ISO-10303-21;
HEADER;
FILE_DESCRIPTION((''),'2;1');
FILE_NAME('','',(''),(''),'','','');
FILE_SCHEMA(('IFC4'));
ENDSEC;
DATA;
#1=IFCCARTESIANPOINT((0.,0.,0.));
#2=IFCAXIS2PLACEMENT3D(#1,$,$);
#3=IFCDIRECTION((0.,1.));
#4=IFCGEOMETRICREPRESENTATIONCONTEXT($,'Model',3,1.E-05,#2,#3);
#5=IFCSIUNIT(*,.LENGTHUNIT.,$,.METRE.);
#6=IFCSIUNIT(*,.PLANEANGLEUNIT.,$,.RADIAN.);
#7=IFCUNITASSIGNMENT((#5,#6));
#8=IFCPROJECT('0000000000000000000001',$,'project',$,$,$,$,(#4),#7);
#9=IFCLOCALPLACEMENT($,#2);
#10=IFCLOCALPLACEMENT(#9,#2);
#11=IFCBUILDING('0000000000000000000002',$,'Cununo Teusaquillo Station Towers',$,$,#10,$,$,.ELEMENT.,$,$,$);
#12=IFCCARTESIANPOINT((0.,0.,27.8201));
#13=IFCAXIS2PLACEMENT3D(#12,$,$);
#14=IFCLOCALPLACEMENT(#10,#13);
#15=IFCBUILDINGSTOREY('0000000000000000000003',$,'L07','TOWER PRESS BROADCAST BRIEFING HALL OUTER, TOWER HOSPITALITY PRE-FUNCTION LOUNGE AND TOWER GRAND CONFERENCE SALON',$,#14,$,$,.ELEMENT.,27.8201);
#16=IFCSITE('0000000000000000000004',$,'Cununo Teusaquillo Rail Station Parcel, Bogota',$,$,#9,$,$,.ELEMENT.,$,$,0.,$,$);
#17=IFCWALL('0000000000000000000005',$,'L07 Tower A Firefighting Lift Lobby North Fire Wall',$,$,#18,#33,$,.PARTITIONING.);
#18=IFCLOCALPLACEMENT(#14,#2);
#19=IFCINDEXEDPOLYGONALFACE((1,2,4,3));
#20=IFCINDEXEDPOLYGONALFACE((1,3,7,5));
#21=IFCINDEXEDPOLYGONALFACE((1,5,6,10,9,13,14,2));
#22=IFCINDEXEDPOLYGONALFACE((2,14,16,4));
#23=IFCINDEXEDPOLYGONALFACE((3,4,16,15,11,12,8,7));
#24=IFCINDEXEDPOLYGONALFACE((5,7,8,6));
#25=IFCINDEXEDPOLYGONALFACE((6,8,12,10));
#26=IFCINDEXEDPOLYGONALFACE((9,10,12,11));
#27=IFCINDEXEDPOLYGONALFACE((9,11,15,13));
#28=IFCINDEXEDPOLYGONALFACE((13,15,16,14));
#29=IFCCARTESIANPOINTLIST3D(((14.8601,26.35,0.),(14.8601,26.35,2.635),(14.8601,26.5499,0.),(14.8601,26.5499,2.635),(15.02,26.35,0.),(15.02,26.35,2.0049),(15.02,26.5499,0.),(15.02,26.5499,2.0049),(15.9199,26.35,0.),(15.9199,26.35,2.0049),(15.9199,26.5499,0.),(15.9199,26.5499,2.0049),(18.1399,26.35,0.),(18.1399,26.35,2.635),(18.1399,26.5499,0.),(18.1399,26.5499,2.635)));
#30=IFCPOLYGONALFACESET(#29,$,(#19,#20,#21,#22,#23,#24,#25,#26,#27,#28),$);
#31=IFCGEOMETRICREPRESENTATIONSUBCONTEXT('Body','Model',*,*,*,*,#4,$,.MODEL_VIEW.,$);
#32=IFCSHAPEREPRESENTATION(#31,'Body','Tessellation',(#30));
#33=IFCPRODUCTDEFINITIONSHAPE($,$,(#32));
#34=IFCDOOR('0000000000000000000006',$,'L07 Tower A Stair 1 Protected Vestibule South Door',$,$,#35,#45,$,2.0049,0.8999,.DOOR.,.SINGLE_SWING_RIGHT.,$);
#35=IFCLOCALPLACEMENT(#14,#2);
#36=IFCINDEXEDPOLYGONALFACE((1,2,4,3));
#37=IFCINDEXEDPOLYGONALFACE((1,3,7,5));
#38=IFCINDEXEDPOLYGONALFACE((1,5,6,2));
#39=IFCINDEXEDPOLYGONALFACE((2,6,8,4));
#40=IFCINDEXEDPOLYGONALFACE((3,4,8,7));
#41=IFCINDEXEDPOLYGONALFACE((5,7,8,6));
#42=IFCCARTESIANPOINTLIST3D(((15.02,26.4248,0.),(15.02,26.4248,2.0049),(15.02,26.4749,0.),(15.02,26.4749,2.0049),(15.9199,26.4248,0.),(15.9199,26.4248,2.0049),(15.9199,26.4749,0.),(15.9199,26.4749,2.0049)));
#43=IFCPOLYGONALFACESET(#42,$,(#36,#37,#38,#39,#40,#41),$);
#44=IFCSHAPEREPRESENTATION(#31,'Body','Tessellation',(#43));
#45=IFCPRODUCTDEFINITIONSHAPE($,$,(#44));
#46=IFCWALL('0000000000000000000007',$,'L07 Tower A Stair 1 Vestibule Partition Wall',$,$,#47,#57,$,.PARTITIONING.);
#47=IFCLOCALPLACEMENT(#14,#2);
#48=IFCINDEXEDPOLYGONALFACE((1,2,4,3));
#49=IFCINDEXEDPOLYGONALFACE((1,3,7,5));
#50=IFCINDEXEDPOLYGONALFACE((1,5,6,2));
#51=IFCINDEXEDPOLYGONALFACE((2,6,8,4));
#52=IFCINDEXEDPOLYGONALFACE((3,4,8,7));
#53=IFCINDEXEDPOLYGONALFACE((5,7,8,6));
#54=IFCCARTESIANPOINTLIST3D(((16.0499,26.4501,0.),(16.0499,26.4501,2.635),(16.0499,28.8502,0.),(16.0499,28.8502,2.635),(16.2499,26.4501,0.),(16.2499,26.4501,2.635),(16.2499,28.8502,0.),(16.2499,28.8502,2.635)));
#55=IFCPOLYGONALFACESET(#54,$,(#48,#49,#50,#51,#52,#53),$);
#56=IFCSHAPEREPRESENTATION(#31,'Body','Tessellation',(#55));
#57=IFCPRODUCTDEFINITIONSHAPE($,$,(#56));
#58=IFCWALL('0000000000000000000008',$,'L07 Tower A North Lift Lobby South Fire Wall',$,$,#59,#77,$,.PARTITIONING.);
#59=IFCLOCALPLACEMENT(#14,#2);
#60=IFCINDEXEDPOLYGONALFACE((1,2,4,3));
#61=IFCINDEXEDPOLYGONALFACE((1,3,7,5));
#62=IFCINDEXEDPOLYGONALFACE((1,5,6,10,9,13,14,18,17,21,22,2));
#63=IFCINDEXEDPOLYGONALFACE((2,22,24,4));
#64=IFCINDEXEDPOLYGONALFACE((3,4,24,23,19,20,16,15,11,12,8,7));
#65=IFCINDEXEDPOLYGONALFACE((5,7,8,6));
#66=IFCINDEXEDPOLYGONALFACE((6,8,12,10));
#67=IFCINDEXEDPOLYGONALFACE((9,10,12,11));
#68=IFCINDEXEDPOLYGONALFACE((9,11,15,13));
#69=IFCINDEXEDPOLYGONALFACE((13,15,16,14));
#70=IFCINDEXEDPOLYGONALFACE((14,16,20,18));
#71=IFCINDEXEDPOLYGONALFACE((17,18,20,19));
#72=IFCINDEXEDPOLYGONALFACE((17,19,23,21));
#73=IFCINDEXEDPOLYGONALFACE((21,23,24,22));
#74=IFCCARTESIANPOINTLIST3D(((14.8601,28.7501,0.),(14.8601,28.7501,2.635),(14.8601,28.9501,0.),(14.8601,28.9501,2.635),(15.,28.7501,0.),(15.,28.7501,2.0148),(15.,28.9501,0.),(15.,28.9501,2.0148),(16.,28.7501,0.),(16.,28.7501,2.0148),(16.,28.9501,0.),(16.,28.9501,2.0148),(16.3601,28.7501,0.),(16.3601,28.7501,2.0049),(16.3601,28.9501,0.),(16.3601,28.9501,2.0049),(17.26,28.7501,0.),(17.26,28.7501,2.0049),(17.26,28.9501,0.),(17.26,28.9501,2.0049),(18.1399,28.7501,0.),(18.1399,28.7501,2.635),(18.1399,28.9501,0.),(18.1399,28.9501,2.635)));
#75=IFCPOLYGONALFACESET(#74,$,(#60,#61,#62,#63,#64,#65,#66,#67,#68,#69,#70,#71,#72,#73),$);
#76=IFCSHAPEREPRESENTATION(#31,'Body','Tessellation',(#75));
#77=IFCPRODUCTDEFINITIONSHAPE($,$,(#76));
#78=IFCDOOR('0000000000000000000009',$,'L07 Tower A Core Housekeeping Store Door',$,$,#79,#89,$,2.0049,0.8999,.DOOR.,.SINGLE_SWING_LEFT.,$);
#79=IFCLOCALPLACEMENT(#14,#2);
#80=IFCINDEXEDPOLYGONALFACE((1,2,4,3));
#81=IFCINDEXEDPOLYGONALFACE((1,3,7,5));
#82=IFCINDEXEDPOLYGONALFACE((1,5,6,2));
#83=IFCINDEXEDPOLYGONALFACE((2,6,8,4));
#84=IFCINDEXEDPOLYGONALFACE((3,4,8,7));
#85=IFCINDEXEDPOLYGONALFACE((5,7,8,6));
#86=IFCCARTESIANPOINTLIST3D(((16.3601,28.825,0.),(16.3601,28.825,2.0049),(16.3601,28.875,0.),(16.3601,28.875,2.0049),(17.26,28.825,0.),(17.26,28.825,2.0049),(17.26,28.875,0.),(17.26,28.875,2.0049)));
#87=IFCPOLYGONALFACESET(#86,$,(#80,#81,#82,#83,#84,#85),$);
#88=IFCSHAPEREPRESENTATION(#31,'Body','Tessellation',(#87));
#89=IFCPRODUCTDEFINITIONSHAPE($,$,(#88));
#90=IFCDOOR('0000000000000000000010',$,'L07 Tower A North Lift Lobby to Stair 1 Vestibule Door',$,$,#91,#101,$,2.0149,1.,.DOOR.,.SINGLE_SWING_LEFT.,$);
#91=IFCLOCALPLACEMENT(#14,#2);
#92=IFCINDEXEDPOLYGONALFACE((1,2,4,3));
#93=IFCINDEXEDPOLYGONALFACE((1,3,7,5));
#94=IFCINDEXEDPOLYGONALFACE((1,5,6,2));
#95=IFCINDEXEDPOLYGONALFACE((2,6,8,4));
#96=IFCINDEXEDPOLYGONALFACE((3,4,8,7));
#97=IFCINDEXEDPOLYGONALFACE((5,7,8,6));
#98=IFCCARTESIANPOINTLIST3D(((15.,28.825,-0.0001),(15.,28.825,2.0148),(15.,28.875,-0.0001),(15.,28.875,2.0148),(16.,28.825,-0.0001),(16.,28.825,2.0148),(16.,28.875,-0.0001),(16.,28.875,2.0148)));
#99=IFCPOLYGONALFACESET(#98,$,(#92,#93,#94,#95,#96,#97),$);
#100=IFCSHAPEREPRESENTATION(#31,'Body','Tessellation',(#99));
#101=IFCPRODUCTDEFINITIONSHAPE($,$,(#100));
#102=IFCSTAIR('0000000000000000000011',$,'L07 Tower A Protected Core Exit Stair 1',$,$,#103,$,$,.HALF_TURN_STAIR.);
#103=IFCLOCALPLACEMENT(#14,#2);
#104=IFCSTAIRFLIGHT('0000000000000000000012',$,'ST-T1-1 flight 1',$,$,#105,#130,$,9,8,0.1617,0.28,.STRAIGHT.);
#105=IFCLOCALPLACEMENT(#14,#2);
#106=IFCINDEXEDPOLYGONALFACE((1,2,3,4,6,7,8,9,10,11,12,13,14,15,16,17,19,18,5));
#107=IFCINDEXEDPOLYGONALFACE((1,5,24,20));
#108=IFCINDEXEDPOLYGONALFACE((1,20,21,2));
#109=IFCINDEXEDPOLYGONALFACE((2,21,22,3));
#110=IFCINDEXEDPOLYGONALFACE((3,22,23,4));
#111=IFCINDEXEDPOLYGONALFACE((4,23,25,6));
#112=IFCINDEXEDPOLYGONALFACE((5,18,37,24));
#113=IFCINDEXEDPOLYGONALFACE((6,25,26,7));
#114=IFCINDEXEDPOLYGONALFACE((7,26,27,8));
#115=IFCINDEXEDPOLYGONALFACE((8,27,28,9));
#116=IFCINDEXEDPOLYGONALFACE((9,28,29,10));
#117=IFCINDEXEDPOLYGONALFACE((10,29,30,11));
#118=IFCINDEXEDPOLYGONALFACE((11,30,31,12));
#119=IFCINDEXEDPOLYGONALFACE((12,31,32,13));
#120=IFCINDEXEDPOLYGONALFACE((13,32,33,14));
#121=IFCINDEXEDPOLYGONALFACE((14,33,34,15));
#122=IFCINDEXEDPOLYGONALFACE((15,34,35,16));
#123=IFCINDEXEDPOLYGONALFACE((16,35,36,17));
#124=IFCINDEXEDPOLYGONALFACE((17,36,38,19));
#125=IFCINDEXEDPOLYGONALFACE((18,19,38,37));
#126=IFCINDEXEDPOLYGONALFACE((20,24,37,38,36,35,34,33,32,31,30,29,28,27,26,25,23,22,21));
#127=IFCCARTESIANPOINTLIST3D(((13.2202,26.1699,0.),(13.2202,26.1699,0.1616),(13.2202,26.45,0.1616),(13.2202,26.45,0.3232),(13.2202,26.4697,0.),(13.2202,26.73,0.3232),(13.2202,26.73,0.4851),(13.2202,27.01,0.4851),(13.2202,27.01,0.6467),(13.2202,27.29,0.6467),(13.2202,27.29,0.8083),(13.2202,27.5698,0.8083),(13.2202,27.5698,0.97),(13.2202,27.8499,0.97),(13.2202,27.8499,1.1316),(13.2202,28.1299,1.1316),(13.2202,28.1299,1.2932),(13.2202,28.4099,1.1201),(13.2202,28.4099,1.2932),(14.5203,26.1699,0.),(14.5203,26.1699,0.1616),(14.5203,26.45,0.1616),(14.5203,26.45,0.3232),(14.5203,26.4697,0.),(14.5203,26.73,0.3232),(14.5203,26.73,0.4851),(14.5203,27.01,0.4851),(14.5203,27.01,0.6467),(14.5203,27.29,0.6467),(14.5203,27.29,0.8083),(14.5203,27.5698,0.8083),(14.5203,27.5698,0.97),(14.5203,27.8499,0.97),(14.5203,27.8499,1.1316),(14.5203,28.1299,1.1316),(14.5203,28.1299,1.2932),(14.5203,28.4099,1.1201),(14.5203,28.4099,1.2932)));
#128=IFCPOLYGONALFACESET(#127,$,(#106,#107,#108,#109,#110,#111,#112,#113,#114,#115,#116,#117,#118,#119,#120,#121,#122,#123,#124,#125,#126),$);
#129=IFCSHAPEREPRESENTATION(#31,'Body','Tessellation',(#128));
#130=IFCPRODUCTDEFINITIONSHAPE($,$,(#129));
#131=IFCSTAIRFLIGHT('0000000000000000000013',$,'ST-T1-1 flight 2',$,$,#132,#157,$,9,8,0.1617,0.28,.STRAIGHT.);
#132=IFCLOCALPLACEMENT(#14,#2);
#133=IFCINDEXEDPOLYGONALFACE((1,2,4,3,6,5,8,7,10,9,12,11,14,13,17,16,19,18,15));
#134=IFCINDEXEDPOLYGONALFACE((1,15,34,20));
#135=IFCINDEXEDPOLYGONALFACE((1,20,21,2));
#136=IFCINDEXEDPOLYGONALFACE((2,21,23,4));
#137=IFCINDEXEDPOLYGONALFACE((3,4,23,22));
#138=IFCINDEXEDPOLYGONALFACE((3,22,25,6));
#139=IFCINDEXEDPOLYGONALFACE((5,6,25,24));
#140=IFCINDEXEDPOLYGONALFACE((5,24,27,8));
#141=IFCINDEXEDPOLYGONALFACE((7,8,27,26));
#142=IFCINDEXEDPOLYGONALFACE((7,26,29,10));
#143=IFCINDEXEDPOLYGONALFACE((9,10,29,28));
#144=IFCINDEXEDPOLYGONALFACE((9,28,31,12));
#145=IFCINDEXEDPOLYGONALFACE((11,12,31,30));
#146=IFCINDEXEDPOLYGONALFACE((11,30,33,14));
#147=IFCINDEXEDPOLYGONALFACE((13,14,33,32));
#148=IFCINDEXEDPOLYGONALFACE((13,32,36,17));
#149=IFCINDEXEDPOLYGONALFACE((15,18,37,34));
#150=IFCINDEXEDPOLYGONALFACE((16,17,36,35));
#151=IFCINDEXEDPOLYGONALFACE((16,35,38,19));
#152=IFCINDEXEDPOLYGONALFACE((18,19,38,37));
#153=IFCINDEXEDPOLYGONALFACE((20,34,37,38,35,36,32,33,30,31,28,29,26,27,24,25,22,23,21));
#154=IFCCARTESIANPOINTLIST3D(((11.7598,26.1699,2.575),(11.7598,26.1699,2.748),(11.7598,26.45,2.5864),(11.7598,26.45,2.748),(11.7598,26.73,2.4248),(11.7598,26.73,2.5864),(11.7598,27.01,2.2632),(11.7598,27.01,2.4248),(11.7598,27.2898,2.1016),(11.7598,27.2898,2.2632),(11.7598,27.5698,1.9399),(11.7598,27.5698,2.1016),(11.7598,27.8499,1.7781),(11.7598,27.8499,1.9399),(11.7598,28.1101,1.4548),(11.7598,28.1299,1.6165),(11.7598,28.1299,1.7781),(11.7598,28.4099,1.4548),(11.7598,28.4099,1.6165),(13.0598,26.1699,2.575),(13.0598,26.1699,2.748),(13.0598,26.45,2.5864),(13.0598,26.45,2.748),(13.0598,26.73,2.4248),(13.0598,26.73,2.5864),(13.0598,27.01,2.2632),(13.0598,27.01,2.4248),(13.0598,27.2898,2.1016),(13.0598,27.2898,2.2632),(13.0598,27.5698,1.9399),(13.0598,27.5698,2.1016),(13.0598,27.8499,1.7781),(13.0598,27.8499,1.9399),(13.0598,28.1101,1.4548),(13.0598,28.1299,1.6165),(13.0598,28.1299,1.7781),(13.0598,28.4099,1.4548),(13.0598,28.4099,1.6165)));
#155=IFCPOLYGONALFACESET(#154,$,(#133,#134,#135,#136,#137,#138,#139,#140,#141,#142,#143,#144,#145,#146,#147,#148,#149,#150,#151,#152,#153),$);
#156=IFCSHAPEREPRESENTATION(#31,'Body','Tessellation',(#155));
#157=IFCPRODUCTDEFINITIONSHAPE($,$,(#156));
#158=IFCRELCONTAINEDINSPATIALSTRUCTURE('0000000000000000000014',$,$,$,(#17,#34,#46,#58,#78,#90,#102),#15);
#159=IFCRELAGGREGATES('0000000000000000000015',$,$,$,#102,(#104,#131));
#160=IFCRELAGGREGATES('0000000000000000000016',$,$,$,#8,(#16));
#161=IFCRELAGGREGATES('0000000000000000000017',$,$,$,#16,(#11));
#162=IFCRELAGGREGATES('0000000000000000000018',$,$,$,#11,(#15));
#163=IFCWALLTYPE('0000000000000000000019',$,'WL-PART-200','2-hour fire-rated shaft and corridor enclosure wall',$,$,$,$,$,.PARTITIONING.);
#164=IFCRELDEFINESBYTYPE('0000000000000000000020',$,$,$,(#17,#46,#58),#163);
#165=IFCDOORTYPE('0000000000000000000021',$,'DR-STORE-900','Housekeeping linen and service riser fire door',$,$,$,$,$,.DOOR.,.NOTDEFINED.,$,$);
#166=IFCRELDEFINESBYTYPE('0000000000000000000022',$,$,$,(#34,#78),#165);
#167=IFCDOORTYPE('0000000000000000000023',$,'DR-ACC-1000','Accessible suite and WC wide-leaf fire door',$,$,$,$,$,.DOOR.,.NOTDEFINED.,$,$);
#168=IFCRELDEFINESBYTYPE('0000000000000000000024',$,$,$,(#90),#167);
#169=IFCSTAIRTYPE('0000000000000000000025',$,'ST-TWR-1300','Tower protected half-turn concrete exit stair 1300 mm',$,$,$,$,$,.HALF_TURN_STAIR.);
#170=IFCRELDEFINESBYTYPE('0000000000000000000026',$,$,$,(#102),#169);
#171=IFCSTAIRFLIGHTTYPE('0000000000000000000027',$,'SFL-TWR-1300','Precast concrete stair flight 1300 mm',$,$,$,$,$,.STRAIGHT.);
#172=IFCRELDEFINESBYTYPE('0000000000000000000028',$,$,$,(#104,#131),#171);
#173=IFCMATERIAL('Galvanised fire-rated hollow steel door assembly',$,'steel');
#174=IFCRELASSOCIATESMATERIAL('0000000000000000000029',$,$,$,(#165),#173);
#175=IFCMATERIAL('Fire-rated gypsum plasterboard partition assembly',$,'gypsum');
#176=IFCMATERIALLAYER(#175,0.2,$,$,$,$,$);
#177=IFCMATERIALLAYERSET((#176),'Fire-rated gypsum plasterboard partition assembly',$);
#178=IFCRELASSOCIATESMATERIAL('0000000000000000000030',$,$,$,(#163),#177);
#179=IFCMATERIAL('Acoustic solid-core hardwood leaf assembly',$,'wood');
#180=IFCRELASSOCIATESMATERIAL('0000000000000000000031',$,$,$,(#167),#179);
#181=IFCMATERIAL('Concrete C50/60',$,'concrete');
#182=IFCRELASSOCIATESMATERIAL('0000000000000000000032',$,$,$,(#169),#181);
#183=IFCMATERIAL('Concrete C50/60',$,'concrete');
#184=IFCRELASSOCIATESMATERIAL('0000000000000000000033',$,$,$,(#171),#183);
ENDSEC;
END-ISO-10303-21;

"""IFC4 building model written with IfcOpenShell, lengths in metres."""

from ifc_helpers import new_model, si_unit, direction, frame, frame_2d, origin, place, context, subcontext, project, spatial, polyline, rectangle, outline, extrude, source, transform, mapped, material, layer, layer_set, type_object, element, fill, aggregate, save


model = new_model("IFC4")

# Units and contexts
model_context = context("Model", 3, precision=1e-05, world=origin(), true_north=direction((0.0, 1.0)))
body_context = subcontext(model_context, "Body", "Model", "MODEL_VIEW")
ifc_project = project(units=[si_unit("LENGTHUNIT", "METRE"), si_unit("PLANEANGLEUNIT", "RADIAN")], contexts=[model_context])

# Site, building, storey
site_placement = place(None, origin())
site = spatial("IfcSite", under=ifc_project, at=site_placement, Name="Cununo Teusaquillo Rail Station Parcel, Bogota", CompositionType="ELEMENT", RefElevation=0.0)
building_placement = place(site_placement, origin())
building = spatial("IfcBuilding", under=site, at=building_placement, Name="Cununo Teusaquillo Station Towers", CompositionType="ELEMENT")
storey_placement = place(building_placement, frame((0.0, 0.0, 27.8201)))
storey = spatial("IfcBuildingStorey", under=building, at=storey_placement, Name="L07", Description="TOWER PRESS BROADCAST BRIEFING HALL OUTER, TOWER HOSPITALITY PRE-FUNCTION LOUNGE AND TOWER GRAND CONFERENCE SALON", CompositionType="ELEMENT", Elevation=27.8201)

# Shared definitions
ifc_material_1 = material(Name="Galvanised fire-rated hollow steel door assembly", Category="steel")
door_type_1 = type_object("IfcDoorType", Name="DR-STORE-900", Description="Housekeeping linen and service riser fire door", OperationType="NOTDEFINED", PredefinedType="DOOR", material=ifc_material_1)
shared_shape_1 = source(origin(), body_context, "Body", "SweptSolid", [
    extrude(rectangle(XDim=0.8999, YDim=2.0049, at=frame_2d((0.45, 1.0024))), frame((0.0, 0.0249, 0.0), z_axis=(0.0, -1.0, 0.0), x_axis=(1.0, 0.0, 0.0)), (0.0, 0.0, 1.0), 0.05),
])

# Wall, opening, door
ifc_material_2 = material(Name="Fire-rated gypsum plasterboard partition assembly", Category="gypsum")
ifc_layer_1 = layer(ifc_material_2, 0.2)
ifc_layer_set_1 = layer_set([ifc_layer_1], Name="Fire-rated gypsum plasterboard partition assembly")
wall_type_1 = type_object("IfcWallType", Name="WL-PART-200", Description="2-hour fire-rated shaft and corridor enclosure wall", PredefinedType="PARTITIONING", material=ifc_layer_set_1)
wall_1_placement = place(storey_placement, frame((14.8601, 26.45, 0.0), z_axis=(0.0, 0.0, 1.0), x_axis=(1.0, 0.0, 0.0)))
wall_1 = element("IfcWall", 1, at=wall_1_placement, inside=storey, type_object=wall_type_1, Name="L07 Tower A Firefighting Lift Lobby North Fire Wall", PredefinedType="PARTITIONING", context=body_context, shape_type="SweptSolid", body=[
    extrude(rectangle(XDim=3.2798, YDim=0.2, at=frame_2d((1.6399, 0.0))), origin(), (0.0, 0.0, 1.0), 2.635),
])
shared_shape_2 = source(origin(), body_context, "Body", "SweptSolid", [
    extrude(rectangle(XDim=0.8999, YDim=2.0049, at=frame_2d((0.45, 1.0024))), frame((0.0, 0.1099, 0.0), z_axis=(0.0, -1.0, 0.0), x_axis=(1.0, 0.0, 0.0)), (0.0, 0.0, 1.0), 0.22),
])
opening_1_placement = place(wall_1_placement, frame((0.1599, 0.0, 0.0)))
opening_1 = element("IfcOpeningElement", 2, at=opening_1_placement, cuts=wall_1, PredefinedType="OPENING", context=body_context, shape_type="MappedRepresentation", body=[
    mapped(shared_shape_2, transform((0.0, 0.0, 0.0), x_axis=(1.0, 0.0, 0.0), y_axis=(0.0, 1.0, 0.0), z_axis=(0.0, 0.0, 1.0), scale=1.0)),
])
door_1_placement = place(opening_1_placement, origin())
door_1 = element("IfcDoor", 3, at=door_1_placement, inside=storey, type_object=door_type_1, Name="L07 Tower A Stair 1 Protected Vestibule South Door", OperationType="SINGLE_SWING_RIGHT", OverallHeight=2.0049, OverallWidth=0.8999, PredefinedType="DOOR", context=body_context, shape_type="MappedRepresentation", body=[
    mapped(shared_shape_1, transform((0.0, 0.0, 0.0), x_axis=(1.0, 0.0, 0.0), y_axis=(0.0, 1.0, 0.0), z_axis=(0.0, 0.0, 1.0), scale=1.0)),
])
fill(opening_1, door_1)

# Wall
wall_2_placement = place(storey_placement, frame((16.1499, 26.45, 0.0), z_axis=(0.0, 0.0, 1.0), x_axis=(0.0, 1.0, 0.0)))
element("IfcWall", 4, at=wall_2_placement, inside=storey, type_object=wall_type_1, Name="L07 Tower A Stair 1 Vestibule Partition Wall", PredefinedType="PARTITIONING", context=body_context, shape_type="SweptSolid", body=[
    extrude(rectangle(XDim=2.4001, YDim=0.2, at=frame_2d((1.2002, 0.0))), origin(), (0.0, 0.0, 1.0), 2.635),
])

# Wall, openings, doors
wall_3_placement = place(storey_placement, frame((14.8601, 28.8501, 0.0), z_axis=(0.0, 0.0, 1.0), x_axis=(1.0, 0.0, 0.0)))
wall_3 = element("IfcWall", 5, at=wall_3_placement, inside=storey, type_object=wall_type_1, Name="L07 Tower A North Lift Lobby South Fire Wall", PredefinedType="PARTITIONING", context=body_context, shape_type="SweptSolid", body=[
    extrude(rectangle(XDim=3.2798, YDim=0.2, at=frame_2d((1.6399, 0.0))), origin(), (0.0, 0.0, 1.0), 2.635),
])
shared_shape_3 = source(origin(), body_context, "Body", "SweptSolid", [
    extrude(rectangle(XDim=1.0, YDim=2.0149, at=frame_2d((0.5, 1.0073))), frame((0.0, 0.1099, 0.0), z_axis=(0.0, -1.0, 0.0), x_axis=(1.0, 0.0, 0.0)), (0.0, 0.0, 1.0), 0.22),
])
opening_2_placement = place(wall_3_placement, frame((0.1399, 0.0, 0.0)))
opening_2 = element("IfcOpeningElement", 6, at=opening_2_placement, cuts=wall_3, PredefinedType="OPENING", context=body_context, shape_type="MappedRepresentation", body=[
    mapped(shared_shape_3, transform((0.0, 0.0, 0.0), x_axis=(1.0, 0.0, 0.0), y_axis=(0.0, 1.0, 0.0), z_axis=(0.0, 0.0, 1.0), scale=1.0)),
])
opening_3_placement = place(wall_3_placement, frame((1.5, 0.0, 0.0)))
opening_3 = element("IfcOpeningElement", 7, at=opening_3_placement, cuts=wall_3, PredefinedType="OPENING", context=body_context, shape_type="MappedRepresentation", body=[
    mapped(shared_shape_2, transform((0.0, 0.0, 0.0), x_axis=(1.0, 0.0, 0.0), y_axis=(0.0, 1.0, 0.0), z_axis=(0.0, 0.0, 1.0), scale=1.0)),
])
door_2_placement = place(opening_3_placement, origin())
door_2 = element("IfcDoor", 8, at=door_2_placement, inside=storey, type_object=door_type_1, Name="L07 Tower A Core Housekeeping Store Door", OperationType="SINGLE_SWING_LEFT", OverallHeight=2.0049, OverallWidth=0.8999, PredefinedType="DOOR", context=body_context, shape_type="MappedRepresentation", body=[
    mapped(shared_shape_1, transform((0.0, 0.0, 0.0), x_axis=(1.0, 0.0, 0.0), y_axis=(0.0, 1.0, 0.0), z_axis=(0.0, 0.0, 1.0), scale=1.0)),
])
fill(opening_3, door_2)
ifc_material_3 = material(Name="Acoustic solid-core hardwood leaf assembly", Category="wood")
door_type_2 = type_object("IfcDoorType", Name="DR-ACC-1000", Description="Accessible suite and WC wide-leaf fire door", OperationType="NOTDEFINED", PredefinedType="DOOR", material=ifc_material_3)
shared_shape_4 = source(origin(), body_context, "Body", "SweptSolid", [
    extrude(rectangle(XDim=1.0, YDim=2.0149, at=frame_2d((0.5, 1.0073))), frame((0.0, 0.0249, 0.0), z_axis=(0.0, -1.0, 0.0), x_axis=(1.0, 0.0, 0.0)), (0.0, 0.0, 1.0), 0.05),
])
door_3_placement = place(opening_2_placement, origin())
door_3 = element("IfcDoor", 9, at=door_3_placement, inside=storey, type_object=door_type_2, Name="L07 Tower A North Lift Lobby to Stair 1 Vestibule Door", OperationType="SINGLE_SWING_LEFT", OverallHeight=2.0149, OverallWidth=1.0, PredefinedType="DOOR", context=body_context, shape_type="MappedRepresentation", body=[
    mapped(shared_shape_4, transform((0.0, 0.0, 0.0), x_axis=(1.0, 0.0, 0.0), y_axis=(0.0, 1.0, 0.0), z_axis=(0.0, 0.0, 1.0), scale=1.0)),
])
fill(opening_2, door_3)

# Stair, stair flights
ifc_material_4 = material(Name="Concrete C50/60", Category="concrete")
stair_type = type_object("IfcStairType", Name="ST-TWR-1300", Description="Tower protected half-turn concrete exit stair 1300 mm", PredefinedType="HALF_TURN_STAIR", material=ifc_material_4)
stair_placement = place(storey_placement, origin())
stair = element("IfcStair", 10, at=stair_placement, inside=storey, type_object=stair_type, Name="L07 Tower A Protected Core Exit Stair 1", PredefinedType="HALF_TURN_STAIR")
ifc_material_5 = material(Name="Concrete C50/60", Category="concrete")
stair_flight_type = type_object("IfcStairFlightType", Name="SFL-TWR-1300", Description="Precast concrete stair flight 1300 mm", PredefinedType="STRAIGHT", material=ifc_material_5)
stair_flight_1_placement = place(storey_placement, frame((13.8701, 26.1699, 0.0), z_axis=(0.0, 0.0, 1.0), x_axis=(0.0, 1.0, 0.0)))
stair_flight_1 = element("IfcStairFlight", 11, at=stair_flight_1_placement, type_object=stair_flight_type, Name="ST-T1-1 flight 1", NumberOfRisers=9, NumberOfTreads=8, PredefinedType="STRAIGHT", RiserHeight=0.1617, TreadLength=0.28, context=body_context, shape_type="SweptSolid", body=[
    extrude(outline(polyline([(0.0, 0.0), (0.0, 0.1616), (0.28, 0.1616), (0.28, 0.3232), (0.5601, 0.3232), (0.5601, 0.4851), (0.8401, 0.4851), (0.8401, 0.6467), (1.1201, 0.6467), (1.1201, 0.8083), (1.3999, 0.8083), (1.3999, 0.97), (1.6799, 0.97), (1.6799, 1.1316), (1.96, 1.1316), (1.96, 1.2932), (2.24, 1.2932), (2.24, 1.4551), (2.24, 1.1201), (0.2998, 0.0), (0.0, 0.0)])), frame((0.0, 0.6499, 0.0), z_axis=(0.0, -1.0, 0.0), x_axis=(1.0, 0.0, 0.0)), (0.0, 0.0, 1.0), 1.3),
])
stair_flight_2_placement = place(storey_placement, frame((12.4099, 28.4099, 1.4548), z_axis=(0.0, 0.0, 1.0), x_axis=(0.0, -1.0, 0.0)))
stair_flight_2 = element("IfcStairFlight", 12, at=stair_flight_2_placement, type_object=stair_flight_type, Name="ST-T1-1 flight 2", NumberOfRisers=9, NumberOfTreads=8, PredefinedType="STRAIGHT", RiserHeight=0.1617, TreadLength=0.28, context=body_context, shape_type="SweptSolid", body=[
    extrude(outline(polyline([(0.0, 0.0), (0.0, 0.1616), (0.28, 0.1616), (0.28, 0.3232), (0.5601, 0.3232), (0.5601, 0.4851), (0.8401, 0.4851), (0.8401, 0.6467), (1.1201, 0.6467), (1.1201, 0.8083), (1.3999, 0.8083), (1.3999, 0.97), (1.6799, 0.97), (1.6799, 1.1316), (1.96, 1.1316), (1.96, 1.2932), (2.24, 1.2932), (2.24, 1.4551), (2.24, 1.1201), (0.2998, 0.0), (0.0, 0.0)])), frame((0.0, 0.6499, 0.0), z_axis=(0.0, -1.0, 0.0), x_axis=(1.0, 0.0, 0.0)), (0.0, 0.0, 1.0), 1.3),
])
aggregate(stair, [stair_flight_1, stair_flight_2])

save(model, "model.ifc")
